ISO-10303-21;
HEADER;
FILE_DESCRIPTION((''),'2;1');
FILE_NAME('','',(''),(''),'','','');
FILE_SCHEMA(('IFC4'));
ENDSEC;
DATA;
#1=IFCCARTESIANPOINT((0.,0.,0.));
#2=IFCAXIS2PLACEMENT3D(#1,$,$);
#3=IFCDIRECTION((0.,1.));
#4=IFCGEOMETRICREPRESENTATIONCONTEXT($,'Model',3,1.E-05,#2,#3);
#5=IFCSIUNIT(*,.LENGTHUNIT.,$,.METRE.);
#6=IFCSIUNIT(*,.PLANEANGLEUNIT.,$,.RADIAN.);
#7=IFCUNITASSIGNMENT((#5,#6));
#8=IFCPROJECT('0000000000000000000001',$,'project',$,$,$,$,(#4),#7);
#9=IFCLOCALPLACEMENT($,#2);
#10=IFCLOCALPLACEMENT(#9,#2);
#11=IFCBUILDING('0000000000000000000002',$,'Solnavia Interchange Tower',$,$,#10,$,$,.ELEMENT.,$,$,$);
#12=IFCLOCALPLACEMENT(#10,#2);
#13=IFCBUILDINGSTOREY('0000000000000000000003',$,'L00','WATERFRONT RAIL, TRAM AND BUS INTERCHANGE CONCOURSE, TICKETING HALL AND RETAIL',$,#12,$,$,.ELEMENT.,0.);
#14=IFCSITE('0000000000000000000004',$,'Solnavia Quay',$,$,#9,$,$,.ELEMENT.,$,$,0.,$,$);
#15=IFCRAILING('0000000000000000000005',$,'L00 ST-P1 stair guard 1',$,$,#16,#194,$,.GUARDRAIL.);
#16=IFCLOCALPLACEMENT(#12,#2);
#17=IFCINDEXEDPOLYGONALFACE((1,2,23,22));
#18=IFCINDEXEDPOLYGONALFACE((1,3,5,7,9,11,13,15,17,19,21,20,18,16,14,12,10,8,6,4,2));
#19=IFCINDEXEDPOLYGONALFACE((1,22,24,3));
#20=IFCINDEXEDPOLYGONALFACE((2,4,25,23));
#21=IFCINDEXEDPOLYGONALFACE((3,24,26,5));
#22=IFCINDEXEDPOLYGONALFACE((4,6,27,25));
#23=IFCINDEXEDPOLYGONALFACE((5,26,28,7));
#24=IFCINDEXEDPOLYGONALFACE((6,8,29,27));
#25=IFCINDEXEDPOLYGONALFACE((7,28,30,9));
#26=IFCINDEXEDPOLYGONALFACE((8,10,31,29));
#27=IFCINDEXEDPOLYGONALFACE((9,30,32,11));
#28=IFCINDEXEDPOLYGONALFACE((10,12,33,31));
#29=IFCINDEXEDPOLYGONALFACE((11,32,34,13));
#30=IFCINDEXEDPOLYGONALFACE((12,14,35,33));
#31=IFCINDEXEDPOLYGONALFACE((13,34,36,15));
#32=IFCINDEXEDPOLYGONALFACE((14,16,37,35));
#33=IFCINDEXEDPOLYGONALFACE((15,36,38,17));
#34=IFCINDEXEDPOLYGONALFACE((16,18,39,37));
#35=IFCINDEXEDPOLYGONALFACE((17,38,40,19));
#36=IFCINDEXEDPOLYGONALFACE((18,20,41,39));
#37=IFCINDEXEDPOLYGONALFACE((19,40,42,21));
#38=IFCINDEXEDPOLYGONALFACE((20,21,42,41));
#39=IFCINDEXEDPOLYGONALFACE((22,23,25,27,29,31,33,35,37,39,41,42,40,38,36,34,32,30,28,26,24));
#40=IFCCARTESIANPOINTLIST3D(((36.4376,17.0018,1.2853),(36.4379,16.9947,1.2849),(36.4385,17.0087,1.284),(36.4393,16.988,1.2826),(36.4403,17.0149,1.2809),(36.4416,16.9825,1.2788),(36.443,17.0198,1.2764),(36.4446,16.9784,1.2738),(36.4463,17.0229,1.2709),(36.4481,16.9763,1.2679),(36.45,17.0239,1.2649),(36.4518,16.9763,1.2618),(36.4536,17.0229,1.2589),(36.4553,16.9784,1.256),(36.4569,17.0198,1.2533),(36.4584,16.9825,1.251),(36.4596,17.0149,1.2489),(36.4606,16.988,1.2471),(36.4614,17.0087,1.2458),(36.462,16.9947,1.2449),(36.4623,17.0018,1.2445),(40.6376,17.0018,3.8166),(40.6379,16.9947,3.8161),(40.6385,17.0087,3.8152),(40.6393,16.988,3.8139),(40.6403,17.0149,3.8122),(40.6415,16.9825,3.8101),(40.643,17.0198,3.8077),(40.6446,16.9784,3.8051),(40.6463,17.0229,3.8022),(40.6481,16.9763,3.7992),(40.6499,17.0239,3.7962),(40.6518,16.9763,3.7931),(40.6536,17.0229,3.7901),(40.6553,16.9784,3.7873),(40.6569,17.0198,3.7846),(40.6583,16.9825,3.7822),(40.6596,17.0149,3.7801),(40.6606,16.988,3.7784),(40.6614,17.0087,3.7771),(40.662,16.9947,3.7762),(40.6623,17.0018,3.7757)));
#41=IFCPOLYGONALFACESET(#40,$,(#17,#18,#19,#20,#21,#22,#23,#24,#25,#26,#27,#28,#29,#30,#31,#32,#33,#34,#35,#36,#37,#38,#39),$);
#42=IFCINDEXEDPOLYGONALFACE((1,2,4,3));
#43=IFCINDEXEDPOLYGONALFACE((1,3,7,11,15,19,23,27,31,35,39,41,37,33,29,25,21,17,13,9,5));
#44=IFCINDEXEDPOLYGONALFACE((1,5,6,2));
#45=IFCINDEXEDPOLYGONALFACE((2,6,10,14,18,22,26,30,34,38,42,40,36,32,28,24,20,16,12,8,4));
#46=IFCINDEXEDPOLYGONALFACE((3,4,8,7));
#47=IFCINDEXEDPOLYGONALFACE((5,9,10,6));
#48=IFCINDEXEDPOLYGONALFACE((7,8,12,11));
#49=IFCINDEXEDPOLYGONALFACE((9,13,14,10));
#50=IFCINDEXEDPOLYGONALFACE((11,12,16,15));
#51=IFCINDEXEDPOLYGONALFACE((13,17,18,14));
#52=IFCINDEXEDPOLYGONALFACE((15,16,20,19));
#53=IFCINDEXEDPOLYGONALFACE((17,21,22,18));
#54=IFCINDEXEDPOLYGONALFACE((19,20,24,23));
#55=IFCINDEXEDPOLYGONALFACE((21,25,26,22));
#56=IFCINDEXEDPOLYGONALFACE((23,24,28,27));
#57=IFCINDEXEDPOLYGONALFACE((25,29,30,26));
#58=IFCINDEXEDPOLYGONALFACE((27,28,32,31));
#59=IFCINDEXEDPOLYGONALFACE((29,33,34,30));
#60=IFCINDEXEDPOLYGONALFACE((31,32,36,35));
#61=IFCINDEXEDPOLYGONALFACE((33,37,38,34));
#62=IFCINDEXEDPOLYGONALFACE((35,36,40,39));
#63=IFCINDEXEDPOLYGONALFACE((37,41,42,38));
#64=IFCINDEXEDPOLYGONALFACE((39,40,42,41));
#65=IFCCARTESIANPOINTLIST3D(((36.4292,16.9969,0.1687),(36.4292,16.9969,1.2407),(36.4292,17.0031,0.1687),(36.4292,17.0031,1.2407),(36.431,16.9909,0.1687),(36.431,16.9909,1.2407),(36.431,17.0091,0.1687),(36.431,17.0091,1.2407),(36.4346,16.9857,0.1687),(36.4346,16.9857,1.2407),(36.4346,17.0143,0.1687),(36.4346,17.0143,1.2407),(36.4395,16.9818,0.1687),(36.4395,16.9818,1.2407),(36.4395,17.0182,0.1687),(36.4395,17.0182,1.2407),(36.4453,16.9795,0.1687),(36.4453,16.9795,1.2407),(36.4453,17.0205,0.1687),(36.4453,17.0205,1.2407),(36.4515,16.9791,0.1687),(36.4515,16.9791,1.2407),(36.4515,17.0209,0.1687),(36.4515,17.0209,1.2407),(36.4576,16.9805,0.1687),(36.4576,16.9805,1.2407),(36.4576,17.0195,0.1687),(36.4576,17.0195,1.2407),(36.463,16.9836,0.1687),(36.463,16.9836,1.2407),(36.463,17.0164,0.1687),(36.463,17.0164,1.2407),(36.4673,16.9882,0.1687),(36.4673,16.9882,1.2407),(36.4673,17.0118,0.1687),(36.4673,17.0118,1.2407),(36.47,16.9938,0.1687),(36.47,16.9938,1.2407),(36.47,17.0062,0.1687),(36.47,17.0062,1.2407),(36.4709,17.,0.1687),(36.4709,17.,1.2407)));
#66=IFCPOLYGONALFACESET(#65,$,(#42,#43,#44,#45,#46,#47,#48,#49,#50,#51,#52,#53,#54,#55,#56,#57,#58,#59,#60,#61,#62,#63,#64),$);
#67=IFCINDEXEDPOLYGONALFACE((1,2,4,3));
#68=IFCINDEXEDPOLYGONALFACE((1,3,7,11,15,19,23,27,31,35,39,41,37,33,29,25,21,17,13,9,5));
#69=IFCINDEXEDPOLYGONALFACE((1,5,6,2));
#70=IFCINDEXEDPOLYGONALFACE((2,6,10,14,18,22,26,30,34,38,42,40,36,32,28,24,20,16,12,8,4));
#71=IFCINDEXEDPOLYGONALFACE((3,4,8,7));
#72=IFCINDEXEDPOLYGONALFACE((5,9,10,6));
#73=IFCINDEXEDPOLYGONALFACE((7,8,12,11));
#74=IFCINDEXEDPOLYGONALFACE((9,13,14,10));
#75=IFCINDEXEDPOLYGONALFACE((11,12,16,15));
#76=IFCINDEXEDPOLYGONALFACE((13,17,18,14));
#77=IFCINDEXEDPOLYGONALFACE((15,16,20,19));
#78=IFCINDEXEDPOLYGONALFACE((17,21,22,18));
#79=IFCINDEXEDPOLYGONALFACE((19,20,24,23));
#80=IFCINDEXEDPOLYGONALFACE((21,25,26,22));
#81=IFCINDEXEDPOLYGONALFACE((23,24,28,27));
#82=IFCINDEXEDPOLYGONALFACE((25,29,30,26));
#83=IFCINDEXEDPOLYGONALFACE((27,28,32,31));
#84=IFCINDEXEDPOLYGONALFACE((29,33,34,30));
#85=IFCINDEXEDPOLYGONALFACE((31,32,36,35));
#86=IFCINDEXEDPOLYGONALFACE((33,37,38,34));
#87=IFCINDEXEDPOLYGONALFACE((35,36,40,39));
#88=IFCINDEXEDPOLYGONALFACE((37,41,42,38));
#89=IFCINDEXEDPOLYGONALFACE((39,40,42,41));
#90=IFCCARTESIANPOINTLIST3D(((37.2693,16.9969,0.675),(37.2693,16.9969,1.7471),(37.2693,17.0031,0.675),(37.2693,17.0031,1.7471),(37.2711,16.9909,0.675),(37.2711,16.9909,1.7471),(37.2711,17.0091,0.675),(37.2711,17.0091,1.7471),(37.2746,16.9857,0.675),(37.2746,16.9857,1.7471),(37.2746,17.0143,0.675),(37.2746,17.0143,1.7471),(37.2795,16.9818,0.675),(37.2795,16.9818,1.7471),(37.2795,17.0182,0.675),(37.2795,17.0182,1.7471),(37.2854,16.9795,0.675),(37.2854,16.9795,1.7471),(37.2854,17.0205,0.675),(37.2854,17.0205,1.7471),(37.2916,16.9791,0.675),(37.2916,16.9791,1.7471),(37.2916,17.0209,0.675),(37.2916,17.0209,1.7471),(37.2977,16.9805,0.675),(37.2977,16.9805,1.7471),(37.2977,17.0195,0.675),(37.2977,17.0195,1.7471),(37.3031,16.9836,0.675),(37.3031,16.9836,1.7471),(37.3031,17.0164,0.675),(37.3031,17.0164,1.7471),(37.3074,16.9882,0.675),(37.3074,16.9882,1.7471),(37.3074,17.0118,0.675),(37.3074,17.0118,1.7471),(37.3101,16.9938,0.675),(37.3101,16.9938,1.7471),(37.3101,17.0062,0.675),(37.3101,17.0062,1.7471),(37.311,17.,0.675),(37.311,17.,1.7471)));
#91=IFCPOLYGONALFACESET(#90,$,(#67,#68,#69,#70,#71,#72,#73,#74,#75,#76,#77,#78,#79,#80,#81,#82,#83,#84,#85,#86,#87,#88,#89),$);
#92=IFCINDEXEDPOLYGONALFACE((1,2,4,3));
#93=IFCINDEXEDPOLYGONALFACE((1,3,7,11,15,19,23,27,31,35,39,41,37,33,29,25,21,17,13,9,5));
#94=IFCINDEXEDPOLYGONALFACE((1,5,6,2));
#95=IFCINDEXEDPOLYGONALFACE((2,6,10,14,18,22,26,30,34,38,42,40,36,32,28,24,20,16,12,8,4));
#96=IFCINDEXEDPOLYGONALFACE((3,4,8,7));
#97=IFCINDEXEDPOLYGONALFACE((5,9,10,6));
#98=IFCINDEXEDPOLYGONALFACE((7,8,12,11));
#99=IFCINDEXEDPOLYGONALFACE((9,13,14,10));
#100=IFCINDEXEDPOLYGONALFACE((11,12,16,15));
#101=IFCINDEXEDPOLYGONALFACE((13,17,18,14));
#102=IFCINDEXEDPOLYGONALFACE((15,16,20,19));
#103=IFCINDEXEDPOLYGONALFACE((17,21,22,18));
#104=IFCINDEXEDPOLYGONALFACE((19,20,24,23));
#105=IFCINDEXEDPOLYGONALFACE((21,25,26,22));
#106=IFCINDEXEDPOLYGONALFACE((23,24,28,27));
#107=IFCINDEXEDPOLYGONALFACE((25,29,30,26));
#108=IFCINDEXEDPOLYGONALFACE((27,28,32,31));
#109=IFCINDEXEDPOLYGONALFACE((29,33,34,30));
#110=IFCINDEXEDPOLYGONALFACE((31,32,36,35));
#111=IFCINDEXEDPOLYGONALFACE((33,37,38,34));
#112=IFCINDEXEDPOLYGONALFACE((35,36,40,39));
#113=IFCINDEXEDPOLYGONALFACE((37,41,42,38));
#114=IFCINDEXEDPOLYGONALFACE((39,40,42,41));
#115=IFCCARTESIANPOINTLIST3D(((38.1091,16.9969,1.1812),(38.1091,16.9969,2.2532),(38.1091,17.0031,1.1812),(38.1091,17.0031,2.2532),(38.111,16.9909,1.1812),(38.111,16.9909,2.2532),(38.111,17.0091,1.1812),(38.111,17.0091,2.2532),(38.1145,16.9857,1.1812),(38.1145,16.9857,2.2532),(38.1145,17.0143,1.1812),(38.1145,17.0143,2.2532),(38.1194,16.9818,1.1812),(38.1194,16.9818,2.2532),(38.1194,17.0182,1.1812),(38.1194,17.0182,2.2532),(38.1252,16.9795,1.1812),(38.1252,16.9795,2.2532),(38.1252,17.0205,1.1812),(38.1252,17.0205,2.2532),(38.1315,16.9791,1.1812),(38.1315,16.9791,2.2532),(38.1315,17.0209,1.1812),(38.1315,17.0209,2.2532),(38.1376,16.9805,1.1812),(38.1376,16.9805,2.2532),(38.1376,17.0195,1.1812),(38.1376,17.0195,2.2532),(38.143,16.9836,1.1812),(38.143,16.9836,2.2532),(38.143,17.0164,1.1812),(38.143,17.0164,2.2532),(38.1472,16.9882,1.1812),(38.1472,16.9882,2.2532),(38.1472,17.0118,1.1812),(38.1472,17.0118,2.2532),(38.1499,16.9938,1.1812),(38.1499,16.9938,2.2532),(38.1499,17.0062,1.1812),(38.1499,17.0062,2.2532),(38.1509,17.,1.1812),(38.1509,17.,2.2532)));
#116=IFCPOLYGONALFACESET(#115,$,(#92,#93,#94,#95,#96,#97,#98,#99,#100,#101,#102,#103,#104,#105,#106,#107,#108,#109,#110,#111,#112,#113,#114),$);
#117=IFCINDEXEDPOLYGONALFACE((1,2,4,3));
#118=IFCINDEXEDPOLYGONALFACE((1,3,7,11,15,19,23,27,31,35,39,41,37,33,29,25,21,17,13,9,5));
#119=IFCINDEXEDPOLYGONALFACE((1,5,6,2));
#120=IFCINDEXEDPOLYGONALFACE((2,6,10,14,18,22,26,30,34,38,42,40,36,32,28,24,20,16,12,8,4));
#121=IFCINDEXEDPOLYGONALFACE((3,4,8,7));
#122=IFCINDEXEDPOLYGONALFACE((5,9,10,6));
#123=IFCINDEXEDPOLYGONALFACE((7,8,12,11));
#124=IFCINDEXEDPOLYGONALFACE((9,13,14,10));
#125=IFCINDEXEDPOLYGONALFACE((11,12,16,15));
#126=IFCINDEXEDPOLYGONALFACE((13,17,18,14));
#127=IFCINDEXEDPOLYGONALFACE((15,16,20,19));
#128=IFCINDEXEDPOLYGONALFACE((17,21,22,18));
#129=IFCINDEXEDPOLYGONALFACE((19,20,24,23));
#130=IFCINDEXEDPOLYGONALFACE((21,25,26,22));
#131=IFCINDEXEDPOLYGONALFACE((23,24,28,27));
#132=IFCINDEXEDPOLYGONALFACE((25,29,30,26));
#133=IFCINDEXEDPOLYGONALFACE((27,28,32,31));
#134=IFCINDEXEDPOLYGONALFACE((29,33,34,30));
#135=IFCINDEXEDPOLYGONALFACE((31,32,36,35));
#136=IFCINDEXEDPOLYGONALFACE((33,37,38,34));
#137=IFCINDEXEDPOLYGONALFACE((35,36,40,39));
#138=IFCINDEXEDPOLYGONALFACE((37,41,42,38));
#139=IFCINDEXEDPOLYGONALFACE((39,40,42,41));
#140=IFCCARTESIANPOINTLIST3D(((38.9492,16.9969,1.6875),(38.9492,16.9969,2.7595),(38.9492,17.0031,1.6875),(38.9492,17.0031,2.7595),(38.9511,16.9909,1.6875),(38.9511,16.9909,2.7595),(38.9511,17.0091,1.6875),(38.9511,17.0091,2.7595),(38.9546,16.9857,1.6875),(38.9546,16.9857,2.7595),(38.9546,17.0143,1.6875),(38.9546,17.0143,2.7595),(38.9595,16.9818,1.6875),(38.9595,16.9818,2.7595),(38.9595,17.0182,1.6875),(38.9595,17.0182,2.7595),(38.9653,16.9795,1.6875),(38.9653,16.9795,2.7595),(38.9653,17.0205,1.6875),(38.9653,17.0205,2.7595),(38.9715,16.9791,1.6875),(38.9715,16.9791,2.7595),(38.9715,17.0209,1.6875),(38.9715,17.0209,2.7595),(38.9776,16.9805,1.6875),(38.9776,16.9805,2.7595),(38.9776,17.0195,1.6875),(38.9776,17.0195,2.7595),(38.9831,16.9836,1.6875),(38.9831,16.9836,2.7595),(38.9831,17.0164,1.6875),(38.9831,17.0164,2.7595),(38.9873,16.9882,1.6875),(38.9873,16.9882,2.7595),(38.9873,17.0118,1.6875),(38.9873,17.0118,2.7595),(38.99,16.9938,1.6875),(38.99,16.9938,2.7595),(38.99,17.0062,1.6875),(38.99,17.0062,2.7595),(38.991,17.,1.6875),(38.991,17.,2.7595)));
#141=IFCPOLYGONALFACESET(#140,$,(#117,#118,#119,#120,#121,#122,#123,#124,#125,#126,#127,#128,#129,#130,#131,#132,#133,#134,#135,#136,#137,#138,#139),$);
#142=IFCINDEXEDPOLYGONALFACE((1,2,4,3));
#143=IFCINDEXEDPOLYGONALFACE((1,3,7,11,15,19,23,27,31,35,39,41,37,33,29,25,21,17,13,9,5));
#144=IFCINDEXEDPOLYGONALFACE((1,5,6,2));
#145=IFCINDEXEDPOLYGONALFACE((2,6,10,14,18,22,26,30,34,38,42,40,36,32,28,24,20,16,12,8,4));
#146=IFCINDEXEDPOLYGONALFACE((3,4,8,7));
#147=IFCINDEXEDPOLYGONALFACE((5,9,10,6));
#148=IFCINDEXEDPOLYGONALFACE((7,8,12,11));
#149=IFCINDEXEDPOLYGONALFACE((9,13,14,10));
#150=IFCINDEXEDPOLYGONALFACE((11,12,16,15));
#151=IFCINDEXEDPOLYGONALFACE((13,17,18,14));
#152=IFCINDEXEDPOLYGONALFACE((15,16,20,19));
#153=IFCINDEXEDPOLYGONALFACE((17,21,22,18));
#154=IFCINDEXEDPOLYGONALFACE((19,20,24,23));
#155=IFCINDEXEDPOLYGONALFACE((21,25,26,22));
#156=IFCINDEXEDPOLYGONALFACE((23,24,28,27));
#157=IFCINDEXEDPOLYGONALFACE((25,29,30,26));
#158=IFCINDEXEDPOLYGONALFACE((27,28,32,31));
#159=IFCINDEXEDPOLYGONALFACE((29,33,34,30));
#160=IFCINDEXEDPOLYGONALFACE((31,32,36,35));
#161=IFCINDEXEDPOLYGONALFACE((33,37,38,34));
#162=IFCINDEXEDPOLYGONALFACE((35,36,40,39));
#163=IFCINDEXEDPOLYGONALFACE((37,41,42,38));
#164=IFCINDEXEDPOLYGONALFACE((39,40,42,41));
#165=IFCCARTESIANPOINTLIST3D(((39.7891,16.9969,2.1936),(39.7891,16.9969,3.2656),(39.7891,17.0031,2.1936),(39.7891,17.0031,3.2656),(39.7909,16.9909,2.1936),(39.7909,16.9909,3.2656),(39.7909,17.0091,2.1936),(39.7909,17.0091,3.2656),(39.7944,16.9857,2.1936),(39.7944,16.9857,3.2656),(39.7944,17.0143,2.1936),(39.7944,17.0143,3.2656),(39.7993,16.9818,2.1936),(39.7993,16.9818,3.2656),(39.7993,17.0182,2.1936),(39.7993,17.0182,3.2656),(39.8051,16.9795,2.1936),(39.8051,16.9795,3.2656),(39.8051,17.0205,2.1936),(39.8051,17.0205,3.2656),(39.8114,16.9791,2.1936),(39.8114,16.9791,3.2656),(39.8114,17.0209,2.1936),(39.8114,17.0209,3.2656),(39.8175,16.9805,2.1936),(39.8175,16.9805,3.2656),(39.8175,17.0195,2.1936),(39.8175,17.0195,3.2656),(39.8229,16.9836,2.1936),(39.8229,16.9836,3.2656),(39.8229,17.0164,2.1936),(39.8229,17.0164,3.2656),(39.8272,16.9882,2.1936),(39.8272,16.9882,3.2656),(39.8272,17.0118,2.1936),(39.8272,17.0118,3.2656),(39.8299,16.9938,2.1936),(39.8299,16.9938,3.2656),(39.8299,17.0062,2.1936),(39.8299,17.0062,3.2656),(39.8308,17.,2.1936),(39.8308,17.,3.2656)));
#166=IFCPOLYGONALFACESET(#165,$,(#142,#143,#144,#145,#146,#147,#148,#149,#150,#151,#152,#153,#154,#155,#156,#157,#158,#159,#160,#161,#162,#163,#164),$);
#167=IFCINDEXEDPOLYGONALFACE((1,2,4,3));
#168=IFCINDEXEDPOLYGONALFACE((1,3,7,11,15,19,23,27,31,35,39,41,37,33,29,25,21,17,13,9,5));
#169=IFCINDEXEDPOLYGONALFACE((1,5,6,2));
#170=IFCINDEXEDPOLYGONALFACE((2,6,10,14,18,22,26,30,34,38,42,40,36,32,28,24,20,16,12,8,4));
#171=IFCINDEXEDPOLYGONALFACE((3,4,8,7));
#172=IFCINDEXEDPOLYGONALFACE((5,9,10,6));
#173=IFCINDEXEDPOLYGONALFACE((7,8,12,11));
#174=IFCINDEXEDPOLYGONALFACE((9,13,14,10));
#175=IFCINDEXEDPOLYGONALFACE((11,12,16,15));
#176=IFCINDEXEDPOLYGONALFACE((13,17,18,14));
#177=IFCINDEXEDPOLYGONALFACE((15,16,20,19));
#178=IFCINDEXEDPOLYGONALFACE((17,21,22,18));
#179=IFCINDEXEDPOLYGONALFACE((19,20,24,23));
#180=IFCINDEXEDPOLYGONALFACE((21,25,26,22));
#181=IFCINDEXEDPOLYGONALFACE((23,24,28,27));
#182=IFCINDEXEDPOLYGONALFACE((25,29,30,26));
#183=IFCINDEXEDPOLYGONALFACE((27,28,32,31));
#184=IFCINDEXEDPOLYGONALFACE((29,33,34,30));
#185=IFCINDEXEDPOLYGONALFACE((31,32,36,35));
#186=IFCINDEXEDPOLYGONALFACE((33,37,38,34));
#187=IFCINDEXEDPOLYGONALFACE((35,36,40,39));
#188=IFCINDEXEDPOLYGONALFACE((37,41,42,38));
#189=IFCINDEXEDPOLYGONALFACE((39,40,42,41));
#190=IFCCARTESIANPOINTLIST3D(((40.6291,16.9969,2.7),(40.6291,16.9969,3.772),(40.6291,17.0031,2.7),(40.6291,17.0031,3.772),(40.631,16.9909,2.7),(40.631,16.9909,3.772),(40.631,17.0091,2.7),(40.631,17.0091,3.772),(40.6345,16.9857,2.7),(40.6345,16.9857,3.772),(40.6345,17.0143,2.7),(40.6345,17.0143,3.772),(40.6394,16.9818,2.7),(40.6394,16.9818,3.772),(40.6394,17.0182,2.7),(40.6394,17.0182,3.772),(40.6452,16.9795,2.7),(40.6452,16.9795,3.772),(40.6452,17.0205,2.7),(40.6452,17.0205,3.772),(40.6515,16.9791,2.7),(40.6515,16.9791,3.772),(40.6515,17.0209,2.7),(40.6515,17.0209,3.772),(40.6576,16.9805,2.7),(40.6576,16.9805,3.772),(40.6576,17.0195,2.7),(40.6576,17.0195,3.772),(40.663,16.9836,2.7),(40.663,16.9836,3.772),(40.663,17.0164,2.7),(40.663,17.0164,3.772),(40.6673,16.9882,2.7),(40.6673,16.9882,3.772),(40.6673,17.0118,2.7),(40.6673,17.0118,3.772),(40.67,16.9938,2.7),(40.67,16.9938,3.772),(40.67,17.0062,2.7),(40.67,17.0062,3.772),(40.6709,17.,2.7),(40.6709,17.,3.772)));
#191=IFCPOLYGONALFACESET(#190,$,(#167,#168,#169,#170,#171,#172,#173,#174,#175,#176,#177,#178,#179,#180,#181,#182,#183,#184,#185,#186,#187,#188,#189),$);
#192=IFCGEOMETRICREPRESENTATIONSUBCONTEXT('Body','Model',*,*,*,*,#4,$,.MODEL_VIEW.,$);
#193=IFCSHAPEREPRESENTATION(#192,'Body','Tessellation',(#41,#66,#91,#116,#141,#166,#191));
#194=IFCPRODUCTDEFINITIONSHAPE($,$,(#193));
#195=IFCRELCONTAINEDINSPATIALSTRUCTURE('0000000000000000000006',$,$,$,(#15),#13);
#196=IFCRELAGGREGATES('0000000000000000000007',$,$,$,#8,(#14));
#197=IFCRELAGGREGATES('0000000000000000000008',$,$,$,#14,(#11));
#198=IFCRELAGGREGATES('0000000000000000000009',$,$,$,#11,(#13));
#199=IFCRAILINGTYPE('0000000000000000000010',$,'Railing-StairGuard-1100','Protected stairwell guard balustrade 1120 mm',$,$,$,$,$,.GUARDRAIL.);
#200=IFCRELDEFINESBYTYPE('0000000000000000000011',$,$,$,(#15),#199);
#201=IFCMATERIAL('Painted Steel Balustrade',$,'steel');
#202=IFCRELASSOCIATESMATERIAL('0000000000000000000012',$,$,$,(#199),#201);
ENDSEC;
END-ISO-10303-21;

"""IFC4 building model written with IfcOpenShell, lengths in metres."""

from ifc_helpers import new_model, si_unit, direction, frame, origin, origin_2d, place, context, subcontext, project, spatial, circle, extrude, material, type_object, element, save


model = new_model("IFC4")

# Units and contexts
model_context = context("Model", 3, precision=1e-05, world=origin(), true_north=direction((0.0, 1.0)))
body_context = subcontext(model_context, "Body", "Model", "MODEL_VIEW")
ifc_project = project(units=[si_unit("LENGTHUNIT", "METRE"), si_unit("PLANEANGLEUNIT", "RADIAN")], contexts=[model_context])

# Site, building, storey
site_placement = place(None, origin())
site = spatial("IfcSite", under=ifc_project, at=site_placement, Name="Solnavia Quay", CompositionType="ELEMENT", RefElevation=0.0)
building_placement = place(site_placement, origin())
building = spatial("IfcBuilding", under=site, at=building_placement, Name="Solnavia Interchange Tower", CompositionType="ELEMENT")
storey_placement = place(building_placement, origin())
storey = spatial("IfcBuildingStorey", under=building, at=storey_placement, Name="L00", Description="WATERFRONT RAIL, TRAM AND BUS INTERCHANGE CONCOURSE, TICKETING HALL AND RETAIL", CompositionType="ELEMENT", Elevation=0.0)

# Railing
ifc_material_1 = material(Name="Painted Steel Balustrade", Category="steel")
railing_type_1 = type_object("IfcRailingType", Name="Railing-StairGuard-1100", Description="Protected stairwell guard balustrade 1120 mm", PredefinedType="GUARDRAIL", material=ifc_material_1)
railing_1_placement = place(storey_placement, frame((36.45, 17.0, 0.1687)))
element("IfcRailing", 1, at=railing_1_placement, inside=storey, type_object=railing_type_1, Name="L00 ST-P1 stair guard 1", PredefinedType="GUARDRAIL", context=body_context, shape_type="SweptSolid", body=[
    extrude(circle(Radius=0.0239, at=origin_2d()), frame((0.0, 0.0, 1.0962), z_axis=(0.856476, 0.0, 0.516186), x_axis=(0.0, 1.0, 0.0)), (0.0, 0.0, 1.0), 4.9038),
    extrude(circle(Radius=0.021, at=origin_2d()), origin(), (0.0, 0.0, 1.0), 1.072),
    extrude(circle(Radius=0.021, at=origin_2d()), frame((0.8401, 0.0, 0.5063)), (0.0, 0.0, 1.0), 1.072),
    extrude(circle(Radius=0.021, at=origin_2d()), frame((1.6799, 0.0, 1.0125)), (0.0, 0.0, 1.0), 1.072),
    extrude(circle(Radius=0.021, at=origin_2d()), frame((2.52, 0.0, 1.5188)), (0.0, 0.0, 1.0), 1.072),
    extrude(circle(Radius=0.021, at=origin_2d()), frame((3.3599, 0.0, 2.0249)), (0.0, 0.0, 1.0), 1.072),
    extrude(circle(Radius=0.021, at=origin_2d()), frame((4.2, 0.0, 2.5312)), (0.0, 0.0, 1.0), 1.072),
])

save(model, "model.ifc")
